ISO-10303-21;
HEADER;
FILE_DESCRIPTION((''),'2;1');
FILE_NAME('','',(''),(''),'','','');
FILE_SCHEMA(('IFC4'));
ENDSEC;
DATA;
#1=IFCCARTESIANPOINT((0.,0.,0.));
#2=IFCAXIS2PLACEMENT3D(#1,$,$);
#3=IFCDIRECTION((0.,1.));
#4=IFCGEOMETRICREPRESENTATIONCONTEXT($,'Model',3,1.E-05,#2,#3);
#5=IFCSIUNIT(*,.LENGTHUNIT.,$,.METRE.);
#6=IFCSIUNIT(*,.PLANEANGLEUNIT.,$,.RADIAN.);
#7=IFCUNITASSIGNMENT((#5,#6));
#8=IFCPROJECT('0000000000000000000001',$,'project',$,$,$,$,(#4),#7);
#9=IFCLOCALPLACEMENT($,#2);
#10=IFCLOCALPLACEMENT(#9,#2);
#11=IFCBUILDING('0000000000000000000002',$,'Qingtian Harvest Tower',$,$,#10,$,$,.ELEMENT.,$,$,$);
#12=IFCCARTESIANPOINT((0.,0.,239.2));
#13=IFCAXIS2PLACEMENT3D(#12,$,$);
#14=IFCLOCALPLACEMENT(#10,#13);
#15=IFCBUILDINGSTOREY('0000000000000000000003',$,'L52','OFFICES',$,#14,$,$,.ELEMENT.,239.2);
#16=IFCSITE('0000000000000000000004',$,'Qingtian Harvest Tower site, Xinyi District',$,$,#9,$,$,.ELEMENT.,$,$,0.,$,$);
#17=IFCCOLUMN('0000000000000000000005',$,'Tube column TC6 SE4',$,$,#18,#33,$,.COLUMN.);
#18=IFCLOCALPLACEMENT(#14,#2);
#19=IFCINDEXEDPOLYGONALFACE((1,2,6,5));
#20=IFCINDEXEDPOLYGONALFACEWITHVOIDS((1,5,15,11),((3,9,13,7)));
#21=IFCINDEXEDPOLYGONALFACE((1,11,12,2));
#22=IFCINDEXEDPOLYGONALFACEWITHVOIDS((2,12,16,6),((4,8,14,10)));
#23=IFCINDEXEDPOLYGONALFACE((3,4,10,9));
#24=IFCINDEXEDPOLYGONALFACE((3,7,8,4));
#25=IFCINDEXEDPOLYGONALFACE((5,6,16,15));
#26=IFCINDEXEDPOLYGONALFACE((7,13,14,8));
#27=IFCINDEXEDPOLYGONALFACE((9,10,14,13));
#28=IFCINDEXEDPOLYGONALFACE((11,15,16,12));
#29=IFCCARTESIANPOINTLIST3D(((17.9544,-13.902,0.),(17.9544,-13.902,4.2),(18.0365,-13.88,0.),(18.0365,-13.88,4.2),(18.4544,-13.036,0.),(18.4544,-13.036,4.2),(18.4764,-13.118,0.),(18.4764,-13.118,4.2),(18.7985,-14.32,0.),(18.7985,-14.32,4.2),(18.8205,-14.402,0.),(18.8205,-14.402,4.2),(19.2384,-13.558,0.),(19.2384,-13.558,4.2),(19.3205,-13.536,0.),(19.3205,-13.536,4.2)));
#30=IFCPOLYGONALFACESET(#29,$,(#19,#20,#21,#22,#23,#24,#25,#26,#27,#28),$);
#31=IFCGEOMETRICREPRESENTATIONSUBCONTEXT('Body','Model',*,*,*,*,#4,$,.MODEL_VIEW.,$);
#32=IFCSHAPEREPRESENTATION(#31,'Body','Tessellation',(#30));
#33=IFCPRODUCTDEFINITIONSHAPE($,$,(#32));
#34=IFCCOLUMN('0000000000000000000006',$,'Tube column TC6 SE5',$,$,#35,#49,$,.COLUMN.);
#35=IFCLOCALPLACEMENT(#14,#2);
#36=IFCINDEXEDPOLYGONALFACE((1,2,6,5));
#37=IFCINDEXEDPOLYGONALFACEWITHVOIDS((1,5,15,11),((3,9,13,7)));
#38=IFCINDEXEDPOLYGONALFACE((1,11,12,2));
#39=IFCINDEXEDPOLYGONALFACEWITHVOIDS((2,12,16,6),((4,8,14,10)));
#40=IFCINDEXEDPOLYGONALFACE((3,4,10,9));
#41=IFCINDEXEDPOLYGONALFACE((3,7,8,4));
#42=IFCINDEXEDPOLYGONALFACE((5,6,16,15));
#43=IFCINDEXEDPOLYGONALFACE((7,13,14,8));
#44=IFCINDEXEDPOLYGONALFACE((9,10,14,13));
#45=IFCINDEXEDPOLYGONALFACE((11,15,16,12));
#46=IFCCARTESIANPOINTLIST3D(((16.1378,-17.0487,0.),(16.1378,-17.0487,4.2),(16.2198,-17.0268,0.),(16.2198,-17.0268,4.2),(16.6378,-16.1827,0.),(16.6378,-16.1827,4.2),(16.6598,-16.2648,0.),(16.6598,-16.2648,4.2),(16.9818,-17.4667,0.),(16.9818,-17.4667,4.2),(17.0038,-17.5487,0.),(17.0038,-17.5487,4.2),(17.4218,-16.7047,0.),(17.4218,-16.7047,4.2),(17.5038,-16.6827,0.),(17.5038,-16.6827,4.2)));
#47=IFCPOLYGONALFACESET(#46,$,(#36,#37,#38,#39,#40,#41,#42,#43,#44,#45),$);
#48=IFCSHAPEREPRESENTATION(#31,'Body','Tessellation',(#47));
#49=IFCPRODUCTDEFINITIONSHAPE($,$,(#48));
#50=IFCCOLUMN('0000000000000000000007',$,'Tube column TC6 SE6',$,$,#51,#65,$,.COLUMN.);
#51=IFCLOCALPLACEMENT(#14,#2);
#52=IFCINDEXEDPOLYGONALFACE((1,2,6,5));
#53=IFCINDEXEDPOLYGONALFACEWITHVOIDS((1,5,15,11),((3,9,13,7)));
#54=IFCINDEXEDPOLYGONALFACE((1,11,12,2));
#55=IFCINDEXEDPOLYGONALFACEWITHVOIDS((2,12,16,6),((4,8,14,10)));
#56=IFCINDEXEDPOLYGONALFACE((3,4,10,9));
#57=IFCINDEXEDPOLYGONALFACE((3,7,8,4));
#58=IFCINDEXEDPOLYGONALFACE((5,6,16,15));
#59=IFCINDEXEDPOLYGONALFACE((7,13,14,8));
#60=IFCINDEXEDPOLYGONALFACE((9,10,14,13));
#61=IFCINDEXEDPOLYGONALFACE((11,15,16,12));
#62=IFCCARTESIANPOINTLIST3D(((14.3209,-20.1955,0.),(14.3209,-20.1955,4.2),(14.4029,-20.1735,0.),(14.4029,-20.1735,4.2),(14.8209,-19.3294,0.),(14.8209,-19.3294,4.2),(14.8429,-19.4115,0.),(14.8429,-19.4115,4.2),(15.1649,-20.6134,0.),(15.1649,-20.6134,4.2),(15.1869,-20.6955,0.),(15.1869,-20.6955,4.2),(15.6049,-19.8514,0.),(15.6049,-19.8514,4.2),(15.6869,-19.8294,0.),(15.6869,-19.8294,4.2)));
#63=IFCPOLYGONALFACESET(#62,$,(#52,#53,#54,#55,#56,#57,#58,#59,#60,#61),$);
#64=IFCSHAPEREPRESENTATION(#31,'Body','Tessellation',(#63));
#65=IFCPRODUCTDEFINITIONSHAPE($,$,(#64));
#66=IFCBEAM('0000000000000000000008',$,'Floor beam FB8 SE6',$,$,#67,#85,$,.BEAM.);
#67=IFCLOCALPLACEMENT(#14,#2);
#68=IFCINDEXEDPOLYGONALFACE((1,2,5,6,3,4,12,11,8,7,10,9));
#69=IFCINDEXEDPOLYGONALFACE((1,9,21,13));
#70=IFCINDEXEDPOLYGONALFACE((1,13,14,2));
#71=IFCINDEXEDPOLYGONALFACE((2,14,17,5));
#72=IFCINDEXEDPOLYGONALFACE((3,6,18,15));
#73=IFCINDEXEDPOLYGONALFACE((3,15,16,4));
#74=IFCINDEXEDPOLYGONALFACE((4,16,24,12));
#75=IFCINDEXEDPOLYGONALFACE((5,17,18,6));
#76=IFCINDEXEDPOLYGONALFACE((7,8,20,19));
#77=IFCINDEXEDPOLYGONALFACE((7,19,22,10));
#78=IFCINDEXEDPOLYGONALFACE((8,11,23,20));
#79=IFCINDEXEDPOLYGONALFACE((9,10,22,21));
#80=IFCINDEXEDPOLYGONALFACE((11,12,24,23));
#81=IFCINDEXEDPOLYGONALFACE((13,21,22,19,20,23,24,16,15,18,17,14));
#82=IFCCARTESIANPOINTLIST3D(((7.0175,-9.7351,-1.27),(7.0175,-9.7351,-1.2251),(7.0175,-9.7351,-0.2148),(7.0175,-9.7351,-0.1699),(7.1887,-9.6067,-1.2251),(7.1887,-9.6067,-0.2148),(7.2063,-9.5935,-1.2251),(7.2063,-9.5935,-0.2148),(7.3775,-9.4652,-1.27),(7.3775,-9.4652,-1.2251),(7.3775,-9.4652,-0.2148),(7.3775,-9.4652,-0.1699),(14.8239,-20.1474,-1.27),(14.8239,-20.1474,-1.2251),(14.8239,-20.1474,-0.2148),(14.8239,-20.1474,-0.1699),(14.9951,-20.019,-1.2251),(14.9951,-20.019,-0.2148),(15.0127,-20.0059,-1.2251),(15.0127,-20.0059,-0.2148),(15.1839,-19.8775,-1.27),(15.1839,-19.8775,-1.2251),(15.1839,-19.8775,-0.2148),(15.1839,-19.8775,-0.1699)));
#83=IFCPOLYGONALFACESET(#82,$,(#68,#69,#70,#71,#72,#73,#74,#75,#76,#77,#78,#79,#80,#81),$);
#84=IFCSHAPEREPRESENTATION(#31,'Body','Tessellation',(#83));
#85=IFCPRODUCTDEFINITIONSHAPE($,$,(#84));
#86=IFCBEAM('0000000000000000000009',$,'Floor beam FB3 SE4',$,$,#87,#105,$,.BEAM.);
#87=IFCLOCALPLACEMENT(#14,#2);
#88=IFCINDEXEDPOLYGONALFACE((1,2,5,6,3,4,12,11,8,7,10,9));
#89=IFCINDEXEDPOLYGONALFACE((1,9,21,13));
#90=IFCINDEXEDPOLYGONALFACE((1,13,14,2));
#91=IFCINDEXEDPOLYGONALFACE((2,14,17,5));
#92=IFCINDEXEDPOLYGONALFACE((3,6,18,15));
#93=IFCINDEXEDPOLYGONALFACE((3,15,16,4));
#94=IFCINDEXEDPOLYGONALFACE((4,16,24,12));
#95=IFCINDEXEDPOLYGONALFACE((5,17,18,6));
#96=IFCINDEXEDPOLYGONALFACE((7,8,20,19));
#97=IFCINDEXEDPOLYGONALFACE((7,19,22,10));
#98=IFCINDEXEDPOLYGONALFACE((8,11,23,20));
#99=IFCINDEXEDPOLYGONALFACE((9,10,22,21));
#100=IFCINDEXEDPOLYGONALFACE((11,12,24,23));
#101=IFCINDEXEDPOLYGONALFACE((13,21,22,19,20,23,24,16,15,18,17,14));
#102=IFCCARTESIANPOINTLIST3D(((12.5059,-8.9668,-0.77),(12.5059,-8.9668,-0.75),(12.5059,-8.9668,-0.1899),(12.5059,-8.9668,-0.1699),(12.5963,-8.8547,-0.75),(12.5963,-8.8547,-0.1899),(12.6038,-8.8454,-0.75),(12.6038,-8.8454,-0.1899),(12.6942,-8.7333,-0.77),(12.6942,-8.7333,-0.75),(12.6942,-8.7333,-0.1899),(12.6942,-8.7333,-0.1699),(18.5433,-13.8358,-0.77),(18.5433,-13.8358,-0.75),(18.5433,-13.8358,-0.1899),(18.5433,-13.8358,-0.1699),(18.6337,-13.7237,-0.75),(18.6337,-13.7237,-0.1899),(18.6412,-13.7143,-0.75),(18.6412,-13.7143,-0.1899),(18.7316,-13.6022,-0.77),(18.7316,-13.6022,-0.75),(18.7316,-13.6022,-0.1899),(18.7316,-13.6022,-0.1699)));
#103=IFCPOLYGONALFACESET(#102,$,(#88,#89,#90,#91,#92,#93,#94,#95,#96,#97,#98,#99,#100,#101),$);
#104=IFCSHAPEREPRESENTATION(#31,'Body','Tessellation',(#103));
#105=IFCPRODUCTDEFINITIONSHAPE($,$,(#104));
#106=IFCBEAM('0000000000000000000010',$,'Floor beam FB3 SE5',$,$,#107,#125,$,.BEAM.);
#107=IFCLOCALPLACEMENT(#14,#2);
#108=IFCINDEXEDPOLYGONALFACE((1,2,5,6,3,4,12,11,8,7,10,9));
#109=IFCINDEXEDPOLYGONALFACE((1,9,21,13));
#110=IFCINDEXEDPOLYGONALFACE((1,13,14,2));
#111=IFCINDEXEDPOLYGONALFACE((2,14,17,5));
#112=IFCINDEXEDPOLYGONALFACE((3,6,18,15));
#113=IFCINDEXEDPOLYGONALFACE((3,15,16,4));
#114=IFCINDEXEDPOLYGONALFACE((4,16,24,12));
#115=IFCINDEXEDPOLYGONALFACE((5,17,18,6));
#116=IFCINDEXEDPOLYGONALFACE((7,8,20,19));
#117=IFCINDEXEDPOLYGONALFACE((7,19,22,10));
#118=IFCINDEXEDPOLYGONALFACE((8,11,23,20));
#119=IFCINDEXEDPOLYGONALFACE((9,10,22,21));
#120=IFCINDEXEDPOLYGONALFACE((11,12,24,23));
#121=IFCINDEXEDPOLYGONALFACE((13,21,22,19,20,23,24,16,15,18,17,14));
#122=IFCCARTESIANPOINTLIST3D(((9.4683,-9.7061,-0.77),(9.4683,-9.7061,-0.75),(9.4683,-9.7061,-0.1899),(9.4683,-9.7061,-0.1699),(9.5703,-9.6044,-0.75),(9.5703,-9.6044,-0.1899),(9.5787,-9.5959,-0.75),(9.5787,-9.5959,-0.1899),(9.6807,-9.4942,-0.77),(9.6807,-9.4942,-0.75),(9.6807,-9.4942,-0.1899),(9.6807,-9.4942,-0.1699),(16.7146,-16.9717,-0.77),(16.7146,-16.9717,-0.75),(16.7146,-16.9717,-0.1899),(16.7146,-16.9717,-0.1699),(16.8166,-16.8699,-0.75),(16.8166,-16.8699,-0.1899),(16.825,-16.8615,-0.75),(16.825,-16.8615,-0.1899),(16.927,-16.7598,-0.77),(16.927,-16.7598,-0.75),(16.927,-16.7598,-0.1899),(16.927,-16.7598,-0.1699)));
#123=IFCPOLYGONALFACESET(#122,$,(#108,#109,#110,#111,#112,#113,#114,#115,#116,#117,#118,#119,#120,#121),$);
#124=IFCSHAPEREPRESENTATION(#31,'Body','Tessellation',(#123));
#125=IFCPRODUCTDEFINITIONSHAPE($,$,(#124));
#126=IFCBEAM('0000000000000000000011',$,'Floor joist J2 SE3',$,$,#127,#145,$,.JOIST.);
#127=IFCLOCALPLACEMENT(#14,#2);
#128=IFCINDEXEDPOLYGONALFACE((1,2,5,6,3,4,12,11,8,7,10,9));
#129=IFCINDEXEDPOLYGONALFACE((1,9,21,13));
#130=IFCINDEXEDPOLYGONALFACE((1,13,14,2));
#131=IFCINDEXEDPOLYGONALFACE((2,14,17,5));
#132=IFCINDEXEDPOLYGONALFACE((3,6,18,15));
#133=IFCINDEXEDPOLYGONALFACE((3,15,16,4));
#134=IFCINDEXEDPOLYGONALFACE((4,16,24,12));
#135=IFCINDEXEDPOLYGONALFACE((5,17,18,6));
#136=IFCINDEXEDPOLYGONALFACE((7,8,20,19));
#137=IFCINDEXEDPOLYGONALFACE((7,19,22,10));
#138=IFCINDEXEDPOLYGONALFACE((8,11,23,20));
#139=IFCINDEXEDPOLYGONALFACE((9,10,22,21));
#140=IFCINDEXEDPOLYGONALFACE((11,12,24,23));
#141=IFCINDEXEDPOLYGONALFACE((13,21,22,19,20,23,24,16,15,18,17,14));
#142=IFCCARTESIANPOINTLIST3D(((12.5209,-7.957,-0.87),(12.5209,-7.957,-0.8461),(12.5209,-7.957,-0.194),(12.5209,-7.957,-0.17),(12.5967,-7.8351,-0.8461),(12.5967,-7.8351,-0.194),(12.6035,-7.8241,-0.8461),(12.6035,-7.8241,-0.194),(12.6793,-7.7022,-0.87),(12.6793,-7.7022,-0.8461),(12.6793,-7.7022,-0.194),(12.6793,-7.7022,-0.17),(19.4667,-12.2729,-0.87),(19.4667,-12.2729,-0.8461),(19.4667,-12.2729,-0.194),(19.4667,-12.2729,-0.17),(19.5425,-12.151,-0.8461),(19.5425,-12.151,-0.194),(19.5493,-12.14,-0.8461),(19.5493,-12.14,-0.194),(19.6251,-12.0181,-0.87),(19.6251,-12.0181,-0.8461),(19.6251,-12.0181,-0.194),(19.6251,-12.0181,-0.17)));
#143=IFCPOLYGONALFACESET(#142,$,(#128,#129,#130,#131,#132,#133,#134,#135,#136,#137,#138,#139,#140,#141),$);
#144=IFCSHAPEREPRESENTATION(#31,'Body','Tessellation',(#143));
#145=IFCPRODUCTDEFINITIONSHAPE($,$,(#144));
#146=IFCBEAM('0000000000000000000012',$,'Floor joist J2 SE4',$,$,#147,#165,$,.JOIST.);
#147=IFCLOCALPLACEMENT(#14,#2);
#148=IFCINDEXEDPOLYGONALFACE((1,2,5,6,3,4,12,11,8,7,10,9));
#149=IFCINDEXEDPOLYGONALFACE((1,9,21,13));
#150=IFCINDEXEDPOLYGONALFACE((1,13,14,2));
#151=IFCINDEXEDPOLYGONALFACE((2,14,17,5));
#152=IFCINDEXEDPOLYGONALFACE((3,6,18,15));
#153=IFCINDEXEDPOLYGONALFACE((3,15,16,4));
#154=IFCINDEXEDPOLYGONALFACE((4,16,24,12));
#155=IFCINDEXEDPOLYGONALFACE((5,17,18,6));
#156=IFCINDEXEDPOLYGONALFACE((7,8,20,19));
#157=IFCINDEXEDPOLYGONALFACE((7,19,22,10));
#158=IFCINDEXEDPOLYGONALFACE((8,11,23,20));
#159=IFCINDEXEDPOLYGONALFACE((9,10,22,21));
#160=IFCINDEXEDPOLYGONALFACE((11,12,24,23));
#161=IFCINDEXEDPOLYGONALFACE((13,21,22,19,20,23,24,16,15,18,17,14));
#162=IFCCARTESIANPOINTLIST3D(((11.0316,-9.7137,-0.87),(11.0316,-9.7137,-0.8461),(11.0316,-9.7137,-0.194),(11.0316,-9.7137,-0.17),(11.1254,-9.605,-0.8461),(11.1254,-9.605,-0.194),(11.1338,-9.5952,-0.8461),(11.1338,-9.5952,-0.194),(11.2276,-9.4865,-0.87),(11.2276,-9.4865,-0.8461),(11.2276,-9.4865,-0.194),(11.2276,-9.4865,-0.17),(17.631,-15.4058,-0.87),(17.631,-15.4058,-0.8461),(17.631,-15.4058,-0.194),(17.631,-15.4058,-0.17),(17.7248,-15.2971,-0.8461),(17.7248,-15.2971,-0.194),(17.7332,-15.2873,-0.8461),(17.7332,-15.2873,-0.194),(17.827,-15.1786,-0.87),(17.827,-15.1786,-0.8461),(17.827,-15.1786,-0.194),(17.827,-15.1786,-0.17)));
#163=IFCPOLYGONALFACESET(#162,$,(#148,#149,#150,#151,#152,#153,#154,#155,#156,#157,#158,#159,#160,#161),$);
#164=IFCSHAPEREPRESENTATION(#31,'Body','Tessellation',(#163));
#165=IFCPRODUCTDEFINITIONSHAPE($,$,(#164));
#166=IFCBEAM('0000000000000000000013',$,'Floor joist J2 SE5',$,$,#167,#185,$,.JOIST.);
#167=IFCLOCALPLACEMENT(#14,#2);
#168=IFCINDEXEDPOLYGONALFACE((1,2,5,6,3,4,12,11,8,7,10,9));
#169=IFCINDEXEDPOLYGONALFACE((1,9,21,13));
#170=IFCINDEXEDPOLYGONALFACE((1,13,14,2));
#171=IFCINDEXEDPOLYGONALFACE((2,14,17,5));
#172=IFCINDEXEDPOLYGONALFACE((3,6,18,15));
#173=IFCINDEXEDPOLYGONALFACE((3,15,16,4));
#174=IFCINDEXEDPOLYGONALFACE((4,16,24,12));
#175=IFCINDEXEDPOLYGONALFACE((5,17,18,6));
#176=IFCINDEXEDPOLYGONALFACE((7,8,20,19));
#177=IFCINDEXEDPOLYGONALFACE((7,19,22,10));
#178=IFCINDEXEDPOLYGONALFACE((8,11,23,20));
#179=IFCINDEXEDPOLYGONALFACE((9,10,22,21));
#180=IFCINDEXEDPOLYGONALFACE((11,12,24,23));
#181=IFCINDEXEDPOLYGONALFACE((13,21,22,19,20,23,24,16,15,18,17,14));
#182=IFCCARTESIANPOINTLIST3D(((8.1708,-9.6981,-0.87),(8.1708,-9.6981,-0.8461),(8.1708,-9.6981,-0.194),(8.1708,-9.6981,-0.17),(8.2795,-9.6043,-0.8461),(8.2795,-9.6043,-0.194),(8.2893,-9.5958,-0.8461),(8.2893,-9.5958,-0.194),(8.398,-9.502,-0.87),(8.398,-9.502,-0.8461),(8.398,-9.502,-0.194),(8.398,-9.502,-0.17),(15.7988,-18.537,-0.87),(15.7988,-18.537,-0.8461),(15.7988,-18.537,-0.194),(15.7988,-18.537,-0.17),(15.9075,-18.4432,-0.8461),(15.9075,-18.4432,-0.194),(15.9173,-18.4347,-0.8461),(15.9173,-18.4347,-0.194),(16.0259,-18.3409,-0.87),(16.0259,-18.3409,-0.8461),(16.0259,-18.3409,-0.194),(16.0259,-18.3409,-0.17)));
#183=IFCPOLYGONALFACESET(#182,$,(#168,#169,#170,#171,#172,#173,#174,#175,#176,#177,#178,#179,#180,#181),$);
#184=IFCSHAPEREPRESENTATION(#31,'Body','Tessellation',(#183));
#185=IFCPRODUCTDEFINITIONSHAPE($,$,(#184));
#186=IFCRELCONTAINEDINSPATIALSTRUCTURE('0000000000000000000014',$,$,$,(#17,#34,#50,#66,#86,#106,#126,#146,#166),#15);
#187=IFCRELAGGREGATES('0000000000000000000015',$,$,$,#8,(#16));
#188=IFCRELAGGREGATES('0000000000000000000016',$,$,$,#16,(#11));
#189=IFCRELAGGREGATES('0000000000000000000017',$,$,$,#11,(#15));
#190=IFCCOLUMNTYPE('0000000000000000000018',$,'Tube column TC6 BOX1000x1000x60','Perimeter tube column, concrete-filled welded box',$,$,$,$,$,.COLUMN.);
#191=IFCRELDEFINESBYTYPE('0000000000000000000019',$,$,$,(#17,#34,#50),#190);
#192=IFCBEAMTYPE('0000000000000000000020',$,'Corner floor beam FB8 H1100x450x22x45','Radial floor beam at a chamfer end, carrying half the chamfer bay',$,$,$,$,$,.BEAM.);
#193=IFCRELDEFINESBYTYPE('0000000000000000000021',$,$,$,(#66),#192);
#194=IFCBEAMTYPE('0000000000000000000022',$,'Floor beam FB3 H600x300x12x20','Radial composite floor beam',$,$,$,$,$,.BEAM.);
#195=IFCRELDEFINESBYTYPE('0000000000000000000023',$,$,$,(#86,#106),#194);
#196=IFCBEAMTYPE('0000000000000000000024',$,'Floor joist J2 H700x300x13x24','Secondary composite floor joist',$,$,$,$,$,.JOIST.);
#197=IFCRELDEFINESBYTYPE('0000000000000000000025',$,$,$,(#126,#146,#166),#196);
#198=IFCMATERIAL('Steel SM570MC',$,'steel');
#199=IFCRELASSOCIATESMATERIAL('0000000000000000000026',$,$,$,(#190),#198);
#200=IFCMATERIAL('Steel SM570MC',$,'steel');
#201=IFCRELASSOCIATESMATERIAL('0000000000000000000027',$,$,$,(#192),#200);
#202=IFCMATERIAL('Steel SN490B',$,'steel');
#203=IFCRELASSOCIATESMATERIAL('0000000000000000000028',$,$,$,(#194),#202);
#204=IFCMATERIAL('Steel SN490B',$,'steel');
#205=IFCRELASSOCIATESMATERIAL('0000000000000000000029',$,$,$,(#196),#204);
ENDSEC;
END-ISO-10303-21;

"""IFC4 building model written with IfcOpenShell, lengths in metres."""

from ifc_helpers import new_model, si_unit, direction, frame, origin, origin_2d, place, context, subcontext, project, spatial, hollow_rectangle, i_section, extrude, material, material_profile, profile_set, type_object, element, save


model = new_model("IFC4")

# Units and contexts
model_context = context("Model", 3, precision=1e-05, world=origin(), true_north=direction((0.0, 1.0)))
body_context = subcontext(model_context, "Body", "Model", "MODEL_VIEW")
ifc_project = project(units=[si_unit("LENGTHUNIT", "METRE"), si_unit("PLANEANGLEUNIT", "RADIAN")], contexts=[model_context])

# Site, building, storey
site_placement = place(None, origin())
site = spatial("IfcSite", under=ifc_project, at=site_placement, Name="Qingtian Harvest Tower site, Xinyi District", CompositionType="ELEMENT", RefElevation=0.0)
building_placement = place(site_placement, origin())
building = spatial("IfcBuilding", under=site, at=building_placement, Name="Qingtian Harvest Tower", CompositionType="ELEMENT")
storey_placement = place(building_placement, frame((0.0, 0.0, 239.2)))
storey = spatial("IfcBuildingStorey", under=building, at=storey_placement, Name="L52", Description="OFFICES", CompositionType="ELEMENT", Elevation=239.2)

# Columns
ifc_material_1 = material(Name="Steel SM570MC", Category="steel")
ifc_material_profile_1 = material_profile(ifc_material_1, hollow_rectangle(XDim=1.0, YDim=1.0, WallThickness=0.0601, at=origin_2d()), Name="BOX1000x1000x60")
ifc_profile_set_1 = profile_set([ifc_material_profile_1], Name="Steel SM570MC")
column_type = type_object("IfcColumnType", Name="Tube column TC6 BOX1000x1000x60", Description="Perimeter tube column, concrete-filled welded box", PredefinedType="COLUMN", material=ifc_profile_set_1)
for number, where, z_axis, x_axis, name in (
    (1, (18.6375, -13.719, 0.0), (0.0, 0.0, 1.0), (0.5, 0.866025, 0.0), "Tube column TC6 SE4"),
    (2, (16.8208, -16.8657, 0.0), (0.0, 0.0, 1.0), (0.5, 0.866025, 0.0), "Tube column TC6 SE5"),
    (3, (15.0039, -20.0125, 0.0), (0.0, 0.0, 1.0), (0.5, 0.866025, 0.0), "Tube column TC6 SE6"),
):
    element("IfcColumn", number, at=place(storey_placement, frame(where, z_axis=z_axis, x_axis=x_axis)), inside=storey, type_object=column_type, Name=name, PredefinedType="COLUMN", context=body_context, shape_type="SweptSolid", body=[
        extrude(hollow_rectangle(XDim=1.0, YDim=1.0, WallThickness=0.0601, at=origin_2d()), origin(), (0.0, 0.0, 1.0), 4.2),
    ])

# Beams
ifc_material_2 = material(Name="Steel SM570MC", Category="steel")
ifc_material_profile_2 = material_profile(ifc_material_2, i_section(OverallWidth=0.45, OverallDepth=1.1001, WebThickness=0.022, FlangeThickness=0.0449, at=origin_2d()), Name="H1100x450x22x45")
ifc_profile_set_2 = profile_set([ifc_material_profile_2], Name="Steel SM570MC")
beam_type_1 = type_object("IfcBeamType", Name="Corner floor beam FB8 H1100x450x22x45", Description="Radial floor beam at a chamfer end, carrying half the chamfer bay", PredefinedType="BEAM", material=ifc_profile_set_2)
beam_1_placement = place(storey_placement, frame((15.0039, -20.0125, -0.72), z_axis=(-0.599859, 0.800106, 0.0), x_axis=(-0.800106, -0.599859, 0.0)))
element("IfcBeam", 4, at=beam_1_placement, inside=storey, type_object=beam_type_1, Name="Floor beam FB8 SE6", PredefinedType="BEAM", context=body_context, shape_type="SweptSolid", body=[
    extrude(i_section(OverallWidth=0.45, OverallDepth=1.1001, WebThickness=0.022, FlangeThickness=0.0449, at=origin_2d()), origin(), (0.0, 0.0, 1.0), 13.0137),
])
ifc_material_3 = material(Name="Steel SN490B", Category="steel")
ifc_material_profile_3 = material_profile(ifc_material_3, i_section(OverallWidth=0.3, OverallDepth=0.6001, WebThickness=0.012, FlangeThickness=0.02, at=origin_2d()), Name="H600x300x12x20")
ifc_profile_set_3 = profile_set([ifc_material_profile_3], Name="Steel SN490B")
beam_type_2 = type_object("IfcBeamType", Name="Floor beam FB3 H600x300x12x20", Description="Radial composite floor beam", PredefinedType="BEAM", material=ifc_profile_set_3)
beam_2_placement = place(storey_placement, frame((18.6375, -13.719, -0.47), z_axis=(-0.778409, 0.627757, 0.0), x_axis=(-0.627757, -0.778409, 0.0)))
element("IfcBeam", 5, at=beam_2_placement, inside=storey, type_object=beam_type_2, Name="Floor beam FB3 SE4", PredefinedType="BEAM", context=body_context, shape_type="SweptSolid", body=[
    extrude(i_section(OverallWidth=0.3, OverallDepth=0.6001, WebThickness=0.012, FlangeThickness=0.02, at=origin_2d()), origin(), (0.0, 0.0, 1.0), 7.7561),
])
beam_3_placement = place(storey_placement, frame((16.8208, -16.8657, -0.47), z_axis=(-0.706166, 0.708046, 0.0), x_axis=(-0.708046, -0.706166, 0.0)))
element("IfcBeam", 6, at=beam_3_placement, inside=storey, type_object=beam_type_2, Name="Floor beam FB3 SE5", PredefinedType="BEAM", context=body_context, shape_type="SweptSolid", body=[
    extrude(i_section(OverallWidth=0.3, OverallDepth=0.6001, WebThickness=0.012, FlangeThickness=0.02, at=origin_2d()), origin(), (0.0, 0.0, 1.0), 10.2615),
])
ifc_material_4 = material(Name="Steel SN490B", Category="steel")
ifc_material_profile_4 = material_profile(ifc_material_4, i_section(OverallWidth=0.3, OverallDepth=0.7, WebThickness=0.0129, FlangeThickness=0.0239, at=origin_2d()), Name="H700x300x13x24")
ifc_profile_set_4 = profile_set([ifc_material_profile_4], Name="Steel SN490B")
beam_type_3 = type_object("IfcBeamType", Name="Floor joist J2 H700x300x13x24", Description="Secondary composite floor joist", PredefinedType="JOIST", material=ifc_profile_set_4)
beam_4_placement = place(storey_placement, frame((19.5459, -12.1455, -0.52), z_axis=(-0.849381, 0.52778, 0.0), x_axis=(-0.52778, -0.849381, 0.0)))
element("IfcBeam", 7, at=beam_4_placement, inside=storey, type_object=beam_type_3, Name="Floor joist J2 SE3", PredefinedType="JOIST", context=body_context, shape_type="SweptSolid", body=[
    extrude(i_section(OverallWidth=0.3, OverallDepth=0.7, WebThickness=0.0129, FlangeThickness=0.0239, at=origin_2d()), origin(), (0.0, 0.0, 1.0), 8.1775),
])
beam_5_placement = place(storey_placement, frame((17.729, -15.2922, -0.52), z_axis=(-0.757238, 0.653139, 0.0), x_axis=(-0.653139, -0.757238, 0.0)))
element("IfcBeam", 8, at=beam_5_placement, inside=storey, type_object=beam_type_3, Name="Floor joist J2 SE4", PredefinedType="JOIST", context=body_context, shape_type="SweptSolid", body=[
    extrude(i_section(OverallWidth=0.3, OverallDepth=0.7, WebThickness=0.0129, FlangeThickness=0.0239, at=origin_2d()), origin(), (0.0, 0.0, 1.0), 8.7151),
])
beam_6_placement = place(storey_placement, frame((15.9124, -18.439, -0.52), z_axis=(-0.653343, 0.757062, 0.0), x_axis=(-0.757062, -0.653343, 0.0)))
element("IfcBeam", 9, at=beam_6_placement, inside=storey, type_object=beam_type_3, Name="Floor joist J2 SE5", PredefinedType="JOIST", context=body_context, shape_type="SweptSolid", body=[
    extrude(i_section(OverallWidth=0.3, OverallDepth=0.7, WebThickness=0.0129, FlangeThickness=0.0239, at=origin_2d()), origin(), (0.0, 0.0, 1.0), 11.6753),
])

save(model, "model.ifc")
